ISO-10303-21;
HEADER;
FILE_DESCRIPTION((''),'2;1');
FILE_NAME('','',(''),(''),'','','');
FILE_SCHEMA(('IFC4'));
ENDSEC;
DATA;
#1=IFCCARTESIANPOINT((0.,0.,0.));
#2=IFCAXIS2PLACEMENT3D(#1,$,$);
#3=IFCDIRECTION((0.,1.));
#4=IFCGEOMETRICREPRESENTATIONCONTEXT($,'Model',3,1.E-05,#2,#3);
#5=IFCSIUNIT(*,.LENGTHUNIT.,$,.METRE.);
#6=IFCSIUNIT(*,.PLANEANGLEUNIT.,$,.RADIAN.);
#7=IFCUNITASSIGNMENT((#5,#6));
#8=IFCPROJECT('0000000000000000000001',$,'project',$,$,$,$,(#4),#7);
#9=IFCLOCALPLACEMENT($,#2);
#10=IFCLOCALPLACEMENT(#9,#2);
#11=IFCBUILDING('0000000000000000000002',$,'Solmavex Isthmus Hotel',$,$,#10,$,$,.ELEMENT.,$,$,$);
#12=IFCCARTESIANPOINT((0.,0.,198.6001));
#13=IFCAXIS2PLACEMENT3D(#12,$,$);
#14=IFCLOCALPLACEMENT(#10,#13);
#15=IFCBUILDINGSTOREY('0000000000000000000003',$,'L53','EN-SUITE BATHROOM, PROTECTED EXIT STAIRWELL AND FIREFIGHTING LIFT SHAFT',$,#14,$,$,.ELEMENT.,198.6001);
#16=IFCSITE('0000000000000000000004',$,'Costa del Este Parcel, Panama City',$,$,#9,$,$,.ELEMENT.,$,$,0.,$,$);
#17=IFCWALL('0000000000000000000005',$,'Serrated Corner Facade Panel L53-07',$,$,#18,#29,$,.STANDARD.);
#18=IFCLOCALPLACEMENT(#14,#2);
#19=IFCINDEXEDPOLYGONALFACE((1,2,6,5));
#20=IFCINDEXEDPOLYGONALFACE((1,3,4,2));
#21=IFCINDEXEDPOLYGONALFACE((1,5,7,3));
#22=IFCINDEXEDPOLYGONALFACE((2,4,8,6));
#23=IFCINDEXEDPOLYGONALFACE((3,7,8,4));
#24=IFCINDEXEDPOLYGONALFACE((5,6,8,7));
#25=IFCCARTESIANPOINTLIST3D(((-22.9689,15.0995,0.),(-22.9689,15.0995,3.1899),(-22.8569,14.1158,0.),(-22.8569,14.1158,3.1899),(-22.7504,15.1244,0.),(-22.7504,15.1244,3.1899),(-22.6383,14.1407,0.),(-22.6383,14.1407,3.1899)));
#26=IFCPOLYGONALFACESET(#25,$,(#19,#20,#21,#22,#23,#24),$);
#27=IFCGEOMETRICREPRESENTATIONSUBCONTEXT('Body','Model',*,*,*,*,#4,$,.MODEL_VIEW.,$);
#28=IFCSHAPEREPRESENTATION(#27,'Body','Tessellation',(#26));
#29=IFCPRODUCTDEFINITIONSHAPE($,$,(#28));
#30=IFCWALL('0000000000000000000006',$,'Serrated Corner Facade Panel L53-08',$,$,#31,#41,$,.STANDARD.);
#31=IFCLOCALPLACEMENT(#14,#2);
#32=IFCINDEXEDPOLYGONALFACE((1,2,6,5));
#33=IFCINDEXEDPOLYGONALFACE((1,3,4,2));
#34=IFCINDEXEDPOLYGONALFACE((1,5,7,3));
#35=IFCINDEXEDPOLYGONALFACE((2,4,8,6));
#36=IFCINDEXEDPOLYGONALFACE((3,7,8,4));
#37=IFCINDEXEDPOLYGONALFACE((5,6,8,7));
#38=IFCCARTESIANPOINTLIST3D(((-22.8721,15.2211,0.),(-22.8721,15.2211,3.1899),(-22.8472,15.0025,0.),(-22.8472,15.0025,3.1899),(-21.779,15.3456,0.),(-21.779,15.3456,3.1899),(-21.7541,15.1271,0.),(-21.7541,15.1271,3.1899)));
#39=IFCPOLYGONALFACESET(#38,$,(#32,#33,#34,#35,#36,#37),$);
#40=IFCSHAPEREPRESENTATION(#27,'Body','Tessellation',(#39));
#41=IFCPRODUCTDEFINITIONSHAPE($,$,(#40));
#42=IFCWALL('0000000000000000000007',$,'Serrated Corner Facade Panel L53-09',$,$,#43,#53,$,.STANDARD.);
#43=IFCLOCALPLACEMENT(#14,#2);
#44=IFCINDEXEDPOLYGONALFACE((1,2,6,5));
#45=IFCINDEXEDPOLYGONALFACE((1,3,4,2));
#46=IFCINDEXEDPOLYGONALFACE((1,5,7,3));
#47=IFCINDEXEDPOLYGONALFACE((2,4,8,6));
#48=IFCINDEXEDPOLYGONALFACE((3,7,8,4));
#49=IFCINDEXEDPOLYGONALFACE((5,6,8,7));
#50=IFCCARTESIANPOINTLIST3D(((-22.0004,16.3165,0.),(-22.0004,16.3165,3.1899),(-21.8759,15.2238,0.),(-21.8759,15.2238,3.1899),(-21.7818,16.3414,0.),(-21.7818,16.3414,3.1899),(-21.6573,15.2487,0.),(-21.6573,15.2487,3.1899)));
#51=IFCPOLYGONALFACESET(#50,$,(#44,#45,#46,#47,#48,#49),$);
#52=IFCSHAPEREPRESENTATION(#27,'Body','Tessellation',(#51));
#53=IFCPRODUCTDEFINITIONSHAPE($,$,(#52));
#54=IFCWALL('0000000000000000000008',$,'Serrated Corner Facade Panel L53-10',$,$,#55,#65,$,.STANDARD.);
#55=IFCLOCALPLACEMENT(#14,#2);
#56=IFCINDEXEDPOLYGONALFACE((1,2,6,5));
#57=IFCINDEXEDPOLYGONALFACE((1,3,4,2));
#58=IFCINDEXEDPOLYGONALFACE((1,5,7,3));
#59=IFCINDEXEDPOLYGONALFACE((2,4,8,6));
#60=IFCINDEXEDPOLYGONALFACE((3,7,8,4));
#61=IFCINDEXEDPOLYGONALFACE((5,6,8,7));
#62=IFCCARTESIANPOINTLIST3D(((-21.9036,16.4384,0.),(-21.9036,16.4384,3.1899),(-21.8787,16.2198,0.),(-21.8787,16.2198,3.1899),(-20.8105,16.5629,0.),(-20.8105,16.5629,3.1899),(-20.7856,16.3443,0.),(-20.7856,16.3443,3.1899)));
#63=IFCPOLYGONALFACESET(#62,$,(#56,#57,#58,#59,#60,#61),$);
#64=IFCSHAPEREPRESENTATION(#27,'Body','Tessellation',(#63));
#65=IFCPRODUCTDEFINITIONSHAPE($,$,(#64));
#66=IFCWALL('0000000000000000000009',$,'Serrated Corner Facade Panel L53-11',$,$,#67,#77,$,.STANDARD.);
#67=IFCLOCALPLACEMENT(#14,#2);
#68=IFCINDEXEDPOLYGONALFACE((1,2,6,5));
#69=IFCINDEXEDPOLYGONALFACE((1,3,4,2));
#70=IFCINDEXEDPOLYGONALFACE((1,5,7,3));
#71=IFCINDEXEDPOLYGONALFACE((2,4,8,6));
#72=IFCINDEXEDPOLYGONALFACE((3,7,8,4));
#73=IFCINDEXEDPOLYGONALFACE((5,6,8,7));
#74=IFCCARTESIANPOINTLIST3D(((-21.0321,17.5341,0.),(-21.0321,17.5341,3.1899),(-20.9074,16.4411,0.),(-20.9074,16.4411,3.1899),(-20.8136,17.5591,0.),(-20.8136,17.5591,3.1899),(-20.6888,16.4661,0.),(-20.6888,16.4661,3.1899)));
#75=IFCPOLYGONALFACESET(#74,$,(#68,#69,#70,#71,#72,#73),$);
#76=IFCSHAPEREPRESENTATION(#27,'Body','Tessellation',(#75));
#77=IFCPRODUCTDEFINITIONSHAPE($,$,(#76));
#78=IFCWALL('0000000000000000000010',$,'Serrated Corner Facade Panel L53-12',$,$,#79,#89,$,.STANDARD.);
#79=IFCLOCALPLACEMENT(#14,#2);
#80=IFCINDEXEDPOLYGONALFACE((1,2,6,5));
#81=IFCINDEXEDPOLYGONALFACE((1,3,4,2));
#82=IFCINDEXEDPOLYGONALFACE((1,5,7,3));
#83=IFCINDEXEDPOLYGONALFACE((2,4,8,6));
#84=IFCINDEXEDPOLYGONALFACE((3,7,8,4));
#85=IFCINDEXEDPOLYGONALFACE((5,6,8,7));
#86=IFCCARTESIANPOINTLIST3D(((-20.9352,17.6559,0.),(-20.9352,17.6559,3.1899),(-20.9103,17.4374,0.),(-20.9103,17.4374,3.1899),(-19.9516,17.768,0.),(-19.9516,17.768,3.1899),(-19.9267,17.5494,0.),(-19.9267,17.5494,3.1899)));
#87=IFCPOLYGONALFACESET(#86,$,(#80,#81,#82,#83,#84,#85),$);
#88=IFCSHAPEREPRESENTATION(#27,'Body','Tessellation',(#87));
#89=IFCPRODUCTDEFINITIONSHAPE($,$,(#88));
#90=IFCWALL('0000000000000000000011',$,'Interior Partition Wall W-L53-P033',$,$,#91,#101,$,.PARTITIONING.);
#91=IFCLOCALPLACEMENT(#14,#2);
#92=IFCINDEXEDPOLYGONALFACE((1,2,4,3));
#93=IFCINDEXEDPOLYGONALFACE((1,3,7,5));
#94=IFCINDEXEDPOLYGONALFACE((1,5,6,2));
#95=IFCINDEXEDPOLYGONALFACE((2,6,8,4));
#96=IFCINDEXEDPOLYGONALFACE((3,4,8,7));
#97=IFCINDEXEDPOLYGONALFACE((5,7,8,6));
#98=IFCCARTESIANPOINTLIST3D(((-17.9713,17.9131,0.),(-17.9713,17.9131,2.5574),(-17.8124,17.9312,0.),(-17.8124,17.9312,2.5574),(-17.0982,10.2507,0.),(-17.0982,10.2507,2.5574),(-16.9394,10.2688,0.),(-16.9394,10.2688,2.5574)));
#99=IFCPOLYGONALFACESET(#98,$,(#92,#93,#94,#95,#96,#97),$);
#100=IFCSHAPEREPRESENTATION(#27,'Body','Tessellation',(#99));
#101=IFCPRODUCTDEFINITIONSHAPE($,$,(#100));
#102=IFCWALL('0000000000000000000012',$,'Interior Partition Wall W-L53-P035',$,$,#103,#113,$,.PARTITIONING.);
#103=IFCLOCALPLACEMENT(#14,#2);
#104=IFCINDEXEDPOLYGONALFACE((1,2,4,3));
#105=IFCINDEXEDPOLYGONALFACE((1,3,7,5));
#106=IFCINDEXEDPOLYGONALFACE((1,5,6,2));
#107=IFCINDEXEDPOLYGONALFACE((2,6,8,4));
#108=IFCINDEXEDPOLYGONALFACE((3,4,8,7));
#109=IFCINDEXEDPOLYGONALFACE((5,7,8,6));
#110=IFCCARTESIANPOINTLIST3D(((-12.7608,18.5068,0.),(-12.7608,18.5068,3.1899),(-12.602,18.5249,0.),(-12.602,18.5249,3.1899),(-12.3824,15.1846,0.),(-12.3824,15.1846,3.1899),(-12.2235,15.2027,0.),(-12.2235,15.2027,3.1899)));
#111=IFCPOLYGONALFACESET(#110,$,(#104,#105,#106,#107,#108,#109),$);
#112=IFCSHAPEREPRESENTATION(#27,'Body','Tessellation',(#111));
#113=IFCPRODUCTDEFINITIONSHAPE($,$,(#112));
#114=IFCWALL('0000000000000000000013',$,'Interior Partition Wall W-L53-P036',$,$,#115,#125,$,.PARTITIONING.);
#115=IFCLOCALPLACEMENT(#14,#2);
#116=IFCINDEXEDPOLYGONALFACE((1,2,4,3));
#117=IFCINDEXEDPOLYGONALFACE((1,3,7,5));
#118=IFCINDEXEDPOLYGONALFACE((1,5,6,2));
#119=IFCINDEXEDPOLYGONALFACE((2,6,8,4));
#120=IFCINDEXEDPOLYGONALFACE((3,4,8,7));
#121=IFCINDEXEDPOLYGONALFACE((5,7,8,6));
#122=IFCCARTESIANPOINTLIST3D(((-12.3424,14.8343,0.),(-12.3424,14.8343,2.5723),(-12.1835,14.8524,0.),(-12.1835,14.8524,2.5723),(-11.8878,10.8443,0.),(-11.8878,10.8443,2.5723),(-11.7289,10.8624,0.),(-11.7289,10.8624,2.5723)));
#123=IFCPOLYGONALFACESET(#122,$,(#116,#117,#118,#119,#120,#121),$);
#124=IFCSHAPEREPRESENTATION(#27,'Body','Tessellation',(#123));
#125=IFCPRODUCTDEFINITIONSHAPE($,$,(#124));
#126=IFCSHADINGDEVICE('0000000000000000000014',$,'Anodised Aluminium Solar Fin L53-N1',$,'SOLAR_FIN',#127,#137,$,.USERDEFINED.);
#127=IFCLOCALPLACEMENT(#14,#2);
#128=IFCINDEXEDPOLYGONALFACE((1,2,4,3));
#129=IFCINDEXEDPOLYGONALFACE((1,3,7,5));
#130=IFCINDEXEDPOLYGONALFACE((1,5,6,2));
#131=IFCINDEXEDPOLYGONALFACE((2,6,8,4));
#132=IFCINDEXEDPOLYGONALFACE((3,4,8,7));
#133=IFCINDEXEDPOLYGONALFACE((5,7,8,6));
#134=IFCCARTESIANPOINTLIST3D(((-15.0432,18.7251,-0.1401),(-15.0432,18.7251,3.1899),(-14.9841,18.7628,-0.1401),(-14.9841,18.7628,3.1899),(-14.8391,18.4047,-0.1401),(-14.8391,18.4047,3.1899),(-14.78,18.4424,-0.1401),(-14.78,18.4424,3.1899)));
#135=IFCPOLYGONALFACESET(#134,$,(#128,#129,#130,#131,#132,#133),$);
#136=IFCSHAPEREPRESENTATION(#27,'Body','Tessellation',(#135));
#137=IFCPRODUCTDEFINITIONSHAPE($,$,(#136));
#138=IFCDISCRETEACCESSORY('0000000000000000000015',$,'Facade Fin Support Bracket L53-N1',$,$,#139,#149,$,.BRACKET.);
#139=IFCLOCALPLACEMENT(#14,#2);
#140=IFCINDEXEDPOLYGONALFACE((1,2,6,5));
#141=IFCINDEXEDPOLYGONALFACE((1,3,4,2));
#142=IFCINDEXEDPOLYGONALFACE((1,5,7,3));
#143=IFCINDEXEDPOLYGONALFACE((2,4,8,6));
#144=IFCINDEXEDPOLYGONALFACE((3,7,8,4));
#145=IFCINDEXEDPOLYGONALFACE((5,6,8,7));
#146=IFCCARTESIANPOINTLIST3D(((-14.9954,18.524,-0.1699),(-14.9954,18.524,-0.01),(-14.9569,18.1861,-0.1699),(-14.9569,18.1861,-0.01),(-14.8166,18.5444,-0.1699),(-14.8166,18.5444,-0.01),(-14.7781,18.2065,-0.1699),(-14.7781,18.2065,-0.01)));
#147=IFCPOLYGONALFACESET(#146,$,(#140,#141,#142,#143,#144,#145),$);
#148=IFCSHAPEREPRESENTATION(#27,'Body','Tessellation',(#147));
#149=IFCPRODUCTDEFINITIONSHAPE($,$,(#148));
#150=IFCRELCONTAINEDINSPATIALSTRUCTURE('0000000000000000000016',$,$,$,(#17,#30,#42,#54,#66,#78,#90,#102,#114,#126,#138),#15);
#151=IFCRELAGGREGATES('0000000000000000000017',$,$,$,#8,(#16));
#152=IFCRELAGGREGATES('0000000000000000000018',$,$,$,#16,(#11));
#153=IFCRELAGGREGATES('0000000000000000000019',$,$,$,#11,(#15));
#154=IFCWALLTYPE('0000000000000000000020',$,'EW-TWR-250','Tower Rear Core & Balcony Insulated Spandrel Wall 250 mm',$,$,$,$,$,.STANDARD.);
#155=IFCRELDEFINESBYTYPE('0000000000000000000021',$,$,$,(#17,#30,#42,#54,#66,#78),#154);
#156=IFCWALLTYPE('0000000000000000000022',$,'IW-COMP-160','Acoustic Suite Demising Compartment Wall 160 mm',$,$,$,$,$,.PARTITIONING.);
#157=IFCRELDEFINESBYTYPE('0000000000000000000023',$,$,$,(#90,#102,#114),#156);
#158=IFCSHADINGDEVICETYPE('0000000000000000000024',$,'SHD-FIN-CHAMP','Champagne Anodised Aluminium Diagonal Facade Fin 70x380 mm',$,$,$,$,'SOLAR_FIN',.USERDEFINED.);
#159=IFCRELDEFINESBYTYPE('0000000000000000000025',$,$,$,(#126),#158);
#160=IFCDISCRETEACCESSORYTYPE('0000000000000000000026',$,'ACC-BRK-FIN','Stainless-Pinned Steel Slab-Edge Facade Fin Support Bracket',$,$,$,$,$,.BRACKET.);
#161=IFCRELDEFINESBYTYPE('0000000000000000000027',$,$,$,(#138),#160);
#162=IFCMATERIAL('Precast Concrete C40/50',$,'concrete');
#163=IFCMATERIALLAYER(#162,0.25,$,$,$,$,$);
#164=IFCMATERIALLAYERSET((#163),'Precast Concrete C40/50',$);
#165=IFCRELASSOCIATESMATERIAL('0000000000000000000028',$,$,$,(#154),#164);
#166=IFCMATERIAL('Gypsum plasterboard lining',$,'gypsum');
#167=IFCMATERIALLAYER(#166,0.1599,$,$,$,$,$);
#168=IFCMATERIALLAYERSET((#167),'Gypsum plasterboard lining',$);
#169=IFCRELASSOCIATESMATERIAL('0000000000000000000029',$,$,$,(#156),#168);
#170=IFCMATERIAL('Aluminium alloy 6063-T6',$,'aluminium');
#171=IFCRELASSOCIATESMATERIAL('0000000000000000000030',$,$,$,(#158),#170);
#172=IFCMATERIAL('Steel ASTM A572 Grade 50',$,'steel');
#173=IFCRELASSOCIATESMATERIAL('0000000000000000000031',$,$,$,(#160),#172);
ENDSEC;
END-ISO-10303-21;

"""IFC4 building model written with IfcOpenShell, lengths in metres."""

from ifc_helpers import new_model, si_unit, direction, frame, frame_2d, origin, origin_2d, place, context, subcontext, project, spatial, rectangle, extrude, material, layer, layer_set, type_object, element, save


model = new_model("IFC4")

# Units and contexts
model_context = context("Model", 3, precision=1e-05, world=origin(), true_north=direction((0.0, 1.0)))
body_context = subcontext(model_context, "Body", "Model", "MODEL_VIEW")
ifc_project = project(units=[si_unit("LENGTHUNIT", "METRE"), si_unit("PLANEANGLEUNIT", "RADIAN")], contexts=[model_context])

# Site, building, storey
site_placement = place(None, origin())
site = spatial("IfcSite", under=ifc_project, at=site_placement, Name="Costa del Este Parcel, Panama City", CompositionType="ELEMENT", RefElevation=0.0)
building_placement = place(site_placement, origin())
building = spatial("IfcBuilding", under=site, at=building_placement, Name="Solmavex Isthmus Hotel", CompositionType="ELEMENT")
storey_placement = place(building_placement, frame((0.0, 0.0, 198.6001)))
storey = spatial("IfcBuildingStorey", under=building, at=storey_placement, Name="L53", Description="EN-SUITE BATHROOM, PROTECTED EXIT STAIRWELL AND FIREFIGHTING LIFT SHAFT", CompositionType="ELEMENT", Elevation=198.6001)

# Shared definitions
ifc_material_1 = material(Name="Aluminium alloy 6063-T6", Category="aluminium")

# Walls
ifc_material_2 = material(Name="Precast Concrete C40/50", Category="concrete")
ifc_layer_1 = layer(ifc_material_2, 0.25)
ifc_layer_set_1 = layer_set([ifc_layer_1], Name="Precast Concrete C40/50")
wall_type_1 = type_object("IfcWallType", Name="EW-TWR-250", Description="Tower Rear Core & Balcony Insulated Spandrel Wall 250 mm", PredefinedType="STANDARD", material=ifc_layer_set_1)
wall_1_placement = place(storey_placement, frame((-22.7476, 14.1282, 0.0), z_axis=(0.0, 0.0, 1.0), x_axis=(-0.113192, 0.993573, 0.0)))
element("IfcWall", 1, at=wall_1_placement, inside=storey, type_object=wall_type_1, Name="Serrated Corner Facade Panel L53-07", PredefinedType="STANDARD", context=body_context, shape_type="SweptSolid", body=[
    extrude(rectangle(XDim=0.99, YDim=0.22, at=frame_2d((0.4951, 0.0))), origin(), (0.0, 0.0, 1.0), 3.1899),
])
wall_2_placement = place(storey_placement, frame((-22.8596, 15.1118, 0.0), z_axis=(0.0, 0.0, 1.0), x_axis=(0.993574, 0.113184, 0.0)))
element("IfcWall", 2, at=wall_2_placement, inside=storey, type_object=wall_type_1, Name="Serrated Corner Facade Panel L53-08", PredefinedType="STANDARD", context=body_context, shape_type="SweptSolid", body=[
    extrude(rectangle(XDim=1.1001, YDim=0.22, at=frame_2d((0.55, 0.0))), origin(), (0.0, 0.0, 1.0), 3.1899),
])
wall_3_placement = place(storey_placement, frame((-21.7666, 15.2363, 0.0), z_axis=(0.0, 0.0, 1.0), x_axis=(-0.113209, 0.993571, 0.0)))
element("IfcWall", 3, at=wall_3_placement, inside=storey, type_object=wall_type_1, Name="Serrated Corner Facade Panel L53-09", PredefinedType="STANDARD", context=body_context, shape_type="SweptSolid", body=[
    extrude(rectangle(XDim=1.0999, YDim=0.22, at=frame_2d((0.5498, 0.0))), origin(), (0.0, 0.0, 1.0), 3.1899),
])
for number, where, z_axis, x_axis, name in (
    (4, (-21.8911, 16.3291, 0.0), (0.0, 0.0, 1.0), (0.993574, 0.113184, 0.0), "Serrated Corner Facade Panel L53-10"),
    (5, (-20.7981, 16.4536, 0.0), (0.0, 0.0, 1.0), (-0.113403, 0.993549, 0.0), "Serrated Corner Facade Panel L53-11"),
):
    element("IfcWall", number, at=place(storey_placement, frame(where, z_axis=z_axis, x_axis=x_axis)), inside=storey, type_object=wall_type_1, Name=name, PredefinedType="STANDARD", context=body_context, shape_type="SweptSolid", body=[
        extrude(rectangle(XDim=1.1001, YDim=0.22, at=frame_2d((0.55, 0.0))), origin(), (0.0, 0.0, 1.0), 3.1899),
    ])
wall_4_placement = place(storey_placement, frame((-20.9229, 17.5466, 0.0), z_axis=(0.0, 0.0, 1.0), x_axis=(0.993573, 0.113192, 0.0)))
element("IfcWall", 6, at=wall_4_placement, inside=storey, type_object=wall_type_1, Name="Serrated Corner Facade Panel L53-12", PredefinedType="STANDARD", context=body_context, shape_type="SweptSolid", body=[
    extrude(rectangle(XDim=0.99, YDim=0.22, at=frame_2d((0.4951, 0.0))), origin(), (0.0, 0.0, 1.0), 3.1899),
])
ifc_material_3 = material(Name="Gypsum plasterboard lining", Category="gypsum")
ifc_layer_2 = layer(ifc_material_3, 0.1599)
ifc_layer_set_2 = layer_set([ifc_layer_2], Name="Gypsum plasterboard lining")
wall_type_2 = type_object("IfcWallType", Name="IW-COMP-160", Description="Acoustic Suite Demising Compartment Wall 160 mm", PredefinedType="PARTITIONING", material=ifc_layer_set_2)
wall_5_placement = place(storey_placement, frame((-17.8918, 17.9221, 0.0), z_axis=(0.0, 0.0, 1.0), x_axis=(0.113207, -0.993571, 0.0)))
element("IfcWall", 7, at=wall_5_placement, inside=storey, type_object=wall_type_2, Name="Interior Partition Wall W-L53-P033", PredefinedType="PARTITIONING", context=body_context, shape_type="SweptSolid", body=[
    extrude(rectangle(XDim=7.7119, YDim=0.1599, at=frame_2d((3.856, 0.0))), origin(), (0.0, 0.0, 1.0), 2.5574),
])
wall_6_placement = place(storey_placement, frame((-12.6814, 18.5159, 0.0), z_axis=(0.0, 0.0, 1.0), x_axis=(0.113172, -0.993575, 0.0)))
element("IfcWall", 8, at=wall_6_placement, inside=storey, type_object=wall_type_2, Name="Interior Partition Wall W-L53-P035", PredefinedType="PARTITIONING", context=body_context, shape_type="SweptSolid", body=[
    extrude(rectangle(XDim=3.3438, YDim=0.1599, at=frame_2d((1.6719, 0.0))), origin(), (0.0, 0.0, 1.0), 3.1899),
])
wall_7_placement = place(storey_placement, frame((-12.2629, 14.8433, 0.0), z_axis=(0.0, 0.0, 1.0), x_axis=(0.1132, -0.993572, 0.0)))
element("IfcWall", 9, at=wall_7_placement, inside=storey, type_object=wall_type_2, Name="Interior Partition Wall W-L53-P036", PredefinedType="PARTITIONING", context=body_context, shape_type="SweptSolid", body=[
    extrude(rectangle(XDim=4.0159, YDim=0.1599, at=frame_2d((2.0078, 0.0))), origin(), (0.0, 0.0, 1.0), 2.5723),
])

# Shading device
shading_device_type = type_object("IfcShadingDeviceType", Name="SHD-FIN-CHAMP", Description="Champagne Anodised Aluminium Diagonal Facade Fin 70x380 mm", ElementType="SOLAR_FIN", PredefinedType="USERDEFINED", material=ifc_material_1)
shading_device_placement = place(storey_placement, frame((-14.9116, 18.5837, -0.1401), z_axis=(0.0, 0.0, 1.0), x_axis=(-0.5373, 0.843391, 0.0)))
element("IfcShadingDevice", 10, at=shading_device_placement, inside=storey, type_object=shading_device_type, Name="Anodised Aluminium Solar Fin L53-N1", ObjectType="SOLAR_FIN", PredefinedType="USERDEFINED", context=body_context, shape_type="SweptSolid", body=[
    extrude(rectangle(XDim=0.3799, YDim=0.0701, at=origin_2d()), origin(), (0.0, 0.0, 1.0), 3.3301),
])

# Discrete accessory
ifc_material_4 = material(Name="Steel ASTM A572 Grade 50", Category="steel")
discrete_accessory_type = type_object("IfcDiscreteAccessoryType", Name="ACC-BRK-FIN", Description="Stainless-Pinned Steel Slab-Edge Facade Fin Support Bracket", PredefinedType="BRACKET", material=ifc_material_4)
discrete_accessory_placement = place(storey_placement, frame((-14.8867, 18.3652, -0.1699), z_axis=(0.0, 0.0, 1.0), x_axis=(-0.113203, 0.993572, 0.0)))
element("IfcDiscreteAccessory", 11, at=discrete_accessory_placement, inside=storey, type_object=discrete_accessory_type, Name="Facade Fin Support Bracket L53-N1", PredefinedType="BRACKET", context=body_context, shape_type="SweptSolid", body=[
    extrude(rectangle(XDim=0.3401, YDim=0.1799, at=origin_2d()), origin(), (0.0, 0.0, 1.0), 0.1599),
])

save(model, "model.ifc")
